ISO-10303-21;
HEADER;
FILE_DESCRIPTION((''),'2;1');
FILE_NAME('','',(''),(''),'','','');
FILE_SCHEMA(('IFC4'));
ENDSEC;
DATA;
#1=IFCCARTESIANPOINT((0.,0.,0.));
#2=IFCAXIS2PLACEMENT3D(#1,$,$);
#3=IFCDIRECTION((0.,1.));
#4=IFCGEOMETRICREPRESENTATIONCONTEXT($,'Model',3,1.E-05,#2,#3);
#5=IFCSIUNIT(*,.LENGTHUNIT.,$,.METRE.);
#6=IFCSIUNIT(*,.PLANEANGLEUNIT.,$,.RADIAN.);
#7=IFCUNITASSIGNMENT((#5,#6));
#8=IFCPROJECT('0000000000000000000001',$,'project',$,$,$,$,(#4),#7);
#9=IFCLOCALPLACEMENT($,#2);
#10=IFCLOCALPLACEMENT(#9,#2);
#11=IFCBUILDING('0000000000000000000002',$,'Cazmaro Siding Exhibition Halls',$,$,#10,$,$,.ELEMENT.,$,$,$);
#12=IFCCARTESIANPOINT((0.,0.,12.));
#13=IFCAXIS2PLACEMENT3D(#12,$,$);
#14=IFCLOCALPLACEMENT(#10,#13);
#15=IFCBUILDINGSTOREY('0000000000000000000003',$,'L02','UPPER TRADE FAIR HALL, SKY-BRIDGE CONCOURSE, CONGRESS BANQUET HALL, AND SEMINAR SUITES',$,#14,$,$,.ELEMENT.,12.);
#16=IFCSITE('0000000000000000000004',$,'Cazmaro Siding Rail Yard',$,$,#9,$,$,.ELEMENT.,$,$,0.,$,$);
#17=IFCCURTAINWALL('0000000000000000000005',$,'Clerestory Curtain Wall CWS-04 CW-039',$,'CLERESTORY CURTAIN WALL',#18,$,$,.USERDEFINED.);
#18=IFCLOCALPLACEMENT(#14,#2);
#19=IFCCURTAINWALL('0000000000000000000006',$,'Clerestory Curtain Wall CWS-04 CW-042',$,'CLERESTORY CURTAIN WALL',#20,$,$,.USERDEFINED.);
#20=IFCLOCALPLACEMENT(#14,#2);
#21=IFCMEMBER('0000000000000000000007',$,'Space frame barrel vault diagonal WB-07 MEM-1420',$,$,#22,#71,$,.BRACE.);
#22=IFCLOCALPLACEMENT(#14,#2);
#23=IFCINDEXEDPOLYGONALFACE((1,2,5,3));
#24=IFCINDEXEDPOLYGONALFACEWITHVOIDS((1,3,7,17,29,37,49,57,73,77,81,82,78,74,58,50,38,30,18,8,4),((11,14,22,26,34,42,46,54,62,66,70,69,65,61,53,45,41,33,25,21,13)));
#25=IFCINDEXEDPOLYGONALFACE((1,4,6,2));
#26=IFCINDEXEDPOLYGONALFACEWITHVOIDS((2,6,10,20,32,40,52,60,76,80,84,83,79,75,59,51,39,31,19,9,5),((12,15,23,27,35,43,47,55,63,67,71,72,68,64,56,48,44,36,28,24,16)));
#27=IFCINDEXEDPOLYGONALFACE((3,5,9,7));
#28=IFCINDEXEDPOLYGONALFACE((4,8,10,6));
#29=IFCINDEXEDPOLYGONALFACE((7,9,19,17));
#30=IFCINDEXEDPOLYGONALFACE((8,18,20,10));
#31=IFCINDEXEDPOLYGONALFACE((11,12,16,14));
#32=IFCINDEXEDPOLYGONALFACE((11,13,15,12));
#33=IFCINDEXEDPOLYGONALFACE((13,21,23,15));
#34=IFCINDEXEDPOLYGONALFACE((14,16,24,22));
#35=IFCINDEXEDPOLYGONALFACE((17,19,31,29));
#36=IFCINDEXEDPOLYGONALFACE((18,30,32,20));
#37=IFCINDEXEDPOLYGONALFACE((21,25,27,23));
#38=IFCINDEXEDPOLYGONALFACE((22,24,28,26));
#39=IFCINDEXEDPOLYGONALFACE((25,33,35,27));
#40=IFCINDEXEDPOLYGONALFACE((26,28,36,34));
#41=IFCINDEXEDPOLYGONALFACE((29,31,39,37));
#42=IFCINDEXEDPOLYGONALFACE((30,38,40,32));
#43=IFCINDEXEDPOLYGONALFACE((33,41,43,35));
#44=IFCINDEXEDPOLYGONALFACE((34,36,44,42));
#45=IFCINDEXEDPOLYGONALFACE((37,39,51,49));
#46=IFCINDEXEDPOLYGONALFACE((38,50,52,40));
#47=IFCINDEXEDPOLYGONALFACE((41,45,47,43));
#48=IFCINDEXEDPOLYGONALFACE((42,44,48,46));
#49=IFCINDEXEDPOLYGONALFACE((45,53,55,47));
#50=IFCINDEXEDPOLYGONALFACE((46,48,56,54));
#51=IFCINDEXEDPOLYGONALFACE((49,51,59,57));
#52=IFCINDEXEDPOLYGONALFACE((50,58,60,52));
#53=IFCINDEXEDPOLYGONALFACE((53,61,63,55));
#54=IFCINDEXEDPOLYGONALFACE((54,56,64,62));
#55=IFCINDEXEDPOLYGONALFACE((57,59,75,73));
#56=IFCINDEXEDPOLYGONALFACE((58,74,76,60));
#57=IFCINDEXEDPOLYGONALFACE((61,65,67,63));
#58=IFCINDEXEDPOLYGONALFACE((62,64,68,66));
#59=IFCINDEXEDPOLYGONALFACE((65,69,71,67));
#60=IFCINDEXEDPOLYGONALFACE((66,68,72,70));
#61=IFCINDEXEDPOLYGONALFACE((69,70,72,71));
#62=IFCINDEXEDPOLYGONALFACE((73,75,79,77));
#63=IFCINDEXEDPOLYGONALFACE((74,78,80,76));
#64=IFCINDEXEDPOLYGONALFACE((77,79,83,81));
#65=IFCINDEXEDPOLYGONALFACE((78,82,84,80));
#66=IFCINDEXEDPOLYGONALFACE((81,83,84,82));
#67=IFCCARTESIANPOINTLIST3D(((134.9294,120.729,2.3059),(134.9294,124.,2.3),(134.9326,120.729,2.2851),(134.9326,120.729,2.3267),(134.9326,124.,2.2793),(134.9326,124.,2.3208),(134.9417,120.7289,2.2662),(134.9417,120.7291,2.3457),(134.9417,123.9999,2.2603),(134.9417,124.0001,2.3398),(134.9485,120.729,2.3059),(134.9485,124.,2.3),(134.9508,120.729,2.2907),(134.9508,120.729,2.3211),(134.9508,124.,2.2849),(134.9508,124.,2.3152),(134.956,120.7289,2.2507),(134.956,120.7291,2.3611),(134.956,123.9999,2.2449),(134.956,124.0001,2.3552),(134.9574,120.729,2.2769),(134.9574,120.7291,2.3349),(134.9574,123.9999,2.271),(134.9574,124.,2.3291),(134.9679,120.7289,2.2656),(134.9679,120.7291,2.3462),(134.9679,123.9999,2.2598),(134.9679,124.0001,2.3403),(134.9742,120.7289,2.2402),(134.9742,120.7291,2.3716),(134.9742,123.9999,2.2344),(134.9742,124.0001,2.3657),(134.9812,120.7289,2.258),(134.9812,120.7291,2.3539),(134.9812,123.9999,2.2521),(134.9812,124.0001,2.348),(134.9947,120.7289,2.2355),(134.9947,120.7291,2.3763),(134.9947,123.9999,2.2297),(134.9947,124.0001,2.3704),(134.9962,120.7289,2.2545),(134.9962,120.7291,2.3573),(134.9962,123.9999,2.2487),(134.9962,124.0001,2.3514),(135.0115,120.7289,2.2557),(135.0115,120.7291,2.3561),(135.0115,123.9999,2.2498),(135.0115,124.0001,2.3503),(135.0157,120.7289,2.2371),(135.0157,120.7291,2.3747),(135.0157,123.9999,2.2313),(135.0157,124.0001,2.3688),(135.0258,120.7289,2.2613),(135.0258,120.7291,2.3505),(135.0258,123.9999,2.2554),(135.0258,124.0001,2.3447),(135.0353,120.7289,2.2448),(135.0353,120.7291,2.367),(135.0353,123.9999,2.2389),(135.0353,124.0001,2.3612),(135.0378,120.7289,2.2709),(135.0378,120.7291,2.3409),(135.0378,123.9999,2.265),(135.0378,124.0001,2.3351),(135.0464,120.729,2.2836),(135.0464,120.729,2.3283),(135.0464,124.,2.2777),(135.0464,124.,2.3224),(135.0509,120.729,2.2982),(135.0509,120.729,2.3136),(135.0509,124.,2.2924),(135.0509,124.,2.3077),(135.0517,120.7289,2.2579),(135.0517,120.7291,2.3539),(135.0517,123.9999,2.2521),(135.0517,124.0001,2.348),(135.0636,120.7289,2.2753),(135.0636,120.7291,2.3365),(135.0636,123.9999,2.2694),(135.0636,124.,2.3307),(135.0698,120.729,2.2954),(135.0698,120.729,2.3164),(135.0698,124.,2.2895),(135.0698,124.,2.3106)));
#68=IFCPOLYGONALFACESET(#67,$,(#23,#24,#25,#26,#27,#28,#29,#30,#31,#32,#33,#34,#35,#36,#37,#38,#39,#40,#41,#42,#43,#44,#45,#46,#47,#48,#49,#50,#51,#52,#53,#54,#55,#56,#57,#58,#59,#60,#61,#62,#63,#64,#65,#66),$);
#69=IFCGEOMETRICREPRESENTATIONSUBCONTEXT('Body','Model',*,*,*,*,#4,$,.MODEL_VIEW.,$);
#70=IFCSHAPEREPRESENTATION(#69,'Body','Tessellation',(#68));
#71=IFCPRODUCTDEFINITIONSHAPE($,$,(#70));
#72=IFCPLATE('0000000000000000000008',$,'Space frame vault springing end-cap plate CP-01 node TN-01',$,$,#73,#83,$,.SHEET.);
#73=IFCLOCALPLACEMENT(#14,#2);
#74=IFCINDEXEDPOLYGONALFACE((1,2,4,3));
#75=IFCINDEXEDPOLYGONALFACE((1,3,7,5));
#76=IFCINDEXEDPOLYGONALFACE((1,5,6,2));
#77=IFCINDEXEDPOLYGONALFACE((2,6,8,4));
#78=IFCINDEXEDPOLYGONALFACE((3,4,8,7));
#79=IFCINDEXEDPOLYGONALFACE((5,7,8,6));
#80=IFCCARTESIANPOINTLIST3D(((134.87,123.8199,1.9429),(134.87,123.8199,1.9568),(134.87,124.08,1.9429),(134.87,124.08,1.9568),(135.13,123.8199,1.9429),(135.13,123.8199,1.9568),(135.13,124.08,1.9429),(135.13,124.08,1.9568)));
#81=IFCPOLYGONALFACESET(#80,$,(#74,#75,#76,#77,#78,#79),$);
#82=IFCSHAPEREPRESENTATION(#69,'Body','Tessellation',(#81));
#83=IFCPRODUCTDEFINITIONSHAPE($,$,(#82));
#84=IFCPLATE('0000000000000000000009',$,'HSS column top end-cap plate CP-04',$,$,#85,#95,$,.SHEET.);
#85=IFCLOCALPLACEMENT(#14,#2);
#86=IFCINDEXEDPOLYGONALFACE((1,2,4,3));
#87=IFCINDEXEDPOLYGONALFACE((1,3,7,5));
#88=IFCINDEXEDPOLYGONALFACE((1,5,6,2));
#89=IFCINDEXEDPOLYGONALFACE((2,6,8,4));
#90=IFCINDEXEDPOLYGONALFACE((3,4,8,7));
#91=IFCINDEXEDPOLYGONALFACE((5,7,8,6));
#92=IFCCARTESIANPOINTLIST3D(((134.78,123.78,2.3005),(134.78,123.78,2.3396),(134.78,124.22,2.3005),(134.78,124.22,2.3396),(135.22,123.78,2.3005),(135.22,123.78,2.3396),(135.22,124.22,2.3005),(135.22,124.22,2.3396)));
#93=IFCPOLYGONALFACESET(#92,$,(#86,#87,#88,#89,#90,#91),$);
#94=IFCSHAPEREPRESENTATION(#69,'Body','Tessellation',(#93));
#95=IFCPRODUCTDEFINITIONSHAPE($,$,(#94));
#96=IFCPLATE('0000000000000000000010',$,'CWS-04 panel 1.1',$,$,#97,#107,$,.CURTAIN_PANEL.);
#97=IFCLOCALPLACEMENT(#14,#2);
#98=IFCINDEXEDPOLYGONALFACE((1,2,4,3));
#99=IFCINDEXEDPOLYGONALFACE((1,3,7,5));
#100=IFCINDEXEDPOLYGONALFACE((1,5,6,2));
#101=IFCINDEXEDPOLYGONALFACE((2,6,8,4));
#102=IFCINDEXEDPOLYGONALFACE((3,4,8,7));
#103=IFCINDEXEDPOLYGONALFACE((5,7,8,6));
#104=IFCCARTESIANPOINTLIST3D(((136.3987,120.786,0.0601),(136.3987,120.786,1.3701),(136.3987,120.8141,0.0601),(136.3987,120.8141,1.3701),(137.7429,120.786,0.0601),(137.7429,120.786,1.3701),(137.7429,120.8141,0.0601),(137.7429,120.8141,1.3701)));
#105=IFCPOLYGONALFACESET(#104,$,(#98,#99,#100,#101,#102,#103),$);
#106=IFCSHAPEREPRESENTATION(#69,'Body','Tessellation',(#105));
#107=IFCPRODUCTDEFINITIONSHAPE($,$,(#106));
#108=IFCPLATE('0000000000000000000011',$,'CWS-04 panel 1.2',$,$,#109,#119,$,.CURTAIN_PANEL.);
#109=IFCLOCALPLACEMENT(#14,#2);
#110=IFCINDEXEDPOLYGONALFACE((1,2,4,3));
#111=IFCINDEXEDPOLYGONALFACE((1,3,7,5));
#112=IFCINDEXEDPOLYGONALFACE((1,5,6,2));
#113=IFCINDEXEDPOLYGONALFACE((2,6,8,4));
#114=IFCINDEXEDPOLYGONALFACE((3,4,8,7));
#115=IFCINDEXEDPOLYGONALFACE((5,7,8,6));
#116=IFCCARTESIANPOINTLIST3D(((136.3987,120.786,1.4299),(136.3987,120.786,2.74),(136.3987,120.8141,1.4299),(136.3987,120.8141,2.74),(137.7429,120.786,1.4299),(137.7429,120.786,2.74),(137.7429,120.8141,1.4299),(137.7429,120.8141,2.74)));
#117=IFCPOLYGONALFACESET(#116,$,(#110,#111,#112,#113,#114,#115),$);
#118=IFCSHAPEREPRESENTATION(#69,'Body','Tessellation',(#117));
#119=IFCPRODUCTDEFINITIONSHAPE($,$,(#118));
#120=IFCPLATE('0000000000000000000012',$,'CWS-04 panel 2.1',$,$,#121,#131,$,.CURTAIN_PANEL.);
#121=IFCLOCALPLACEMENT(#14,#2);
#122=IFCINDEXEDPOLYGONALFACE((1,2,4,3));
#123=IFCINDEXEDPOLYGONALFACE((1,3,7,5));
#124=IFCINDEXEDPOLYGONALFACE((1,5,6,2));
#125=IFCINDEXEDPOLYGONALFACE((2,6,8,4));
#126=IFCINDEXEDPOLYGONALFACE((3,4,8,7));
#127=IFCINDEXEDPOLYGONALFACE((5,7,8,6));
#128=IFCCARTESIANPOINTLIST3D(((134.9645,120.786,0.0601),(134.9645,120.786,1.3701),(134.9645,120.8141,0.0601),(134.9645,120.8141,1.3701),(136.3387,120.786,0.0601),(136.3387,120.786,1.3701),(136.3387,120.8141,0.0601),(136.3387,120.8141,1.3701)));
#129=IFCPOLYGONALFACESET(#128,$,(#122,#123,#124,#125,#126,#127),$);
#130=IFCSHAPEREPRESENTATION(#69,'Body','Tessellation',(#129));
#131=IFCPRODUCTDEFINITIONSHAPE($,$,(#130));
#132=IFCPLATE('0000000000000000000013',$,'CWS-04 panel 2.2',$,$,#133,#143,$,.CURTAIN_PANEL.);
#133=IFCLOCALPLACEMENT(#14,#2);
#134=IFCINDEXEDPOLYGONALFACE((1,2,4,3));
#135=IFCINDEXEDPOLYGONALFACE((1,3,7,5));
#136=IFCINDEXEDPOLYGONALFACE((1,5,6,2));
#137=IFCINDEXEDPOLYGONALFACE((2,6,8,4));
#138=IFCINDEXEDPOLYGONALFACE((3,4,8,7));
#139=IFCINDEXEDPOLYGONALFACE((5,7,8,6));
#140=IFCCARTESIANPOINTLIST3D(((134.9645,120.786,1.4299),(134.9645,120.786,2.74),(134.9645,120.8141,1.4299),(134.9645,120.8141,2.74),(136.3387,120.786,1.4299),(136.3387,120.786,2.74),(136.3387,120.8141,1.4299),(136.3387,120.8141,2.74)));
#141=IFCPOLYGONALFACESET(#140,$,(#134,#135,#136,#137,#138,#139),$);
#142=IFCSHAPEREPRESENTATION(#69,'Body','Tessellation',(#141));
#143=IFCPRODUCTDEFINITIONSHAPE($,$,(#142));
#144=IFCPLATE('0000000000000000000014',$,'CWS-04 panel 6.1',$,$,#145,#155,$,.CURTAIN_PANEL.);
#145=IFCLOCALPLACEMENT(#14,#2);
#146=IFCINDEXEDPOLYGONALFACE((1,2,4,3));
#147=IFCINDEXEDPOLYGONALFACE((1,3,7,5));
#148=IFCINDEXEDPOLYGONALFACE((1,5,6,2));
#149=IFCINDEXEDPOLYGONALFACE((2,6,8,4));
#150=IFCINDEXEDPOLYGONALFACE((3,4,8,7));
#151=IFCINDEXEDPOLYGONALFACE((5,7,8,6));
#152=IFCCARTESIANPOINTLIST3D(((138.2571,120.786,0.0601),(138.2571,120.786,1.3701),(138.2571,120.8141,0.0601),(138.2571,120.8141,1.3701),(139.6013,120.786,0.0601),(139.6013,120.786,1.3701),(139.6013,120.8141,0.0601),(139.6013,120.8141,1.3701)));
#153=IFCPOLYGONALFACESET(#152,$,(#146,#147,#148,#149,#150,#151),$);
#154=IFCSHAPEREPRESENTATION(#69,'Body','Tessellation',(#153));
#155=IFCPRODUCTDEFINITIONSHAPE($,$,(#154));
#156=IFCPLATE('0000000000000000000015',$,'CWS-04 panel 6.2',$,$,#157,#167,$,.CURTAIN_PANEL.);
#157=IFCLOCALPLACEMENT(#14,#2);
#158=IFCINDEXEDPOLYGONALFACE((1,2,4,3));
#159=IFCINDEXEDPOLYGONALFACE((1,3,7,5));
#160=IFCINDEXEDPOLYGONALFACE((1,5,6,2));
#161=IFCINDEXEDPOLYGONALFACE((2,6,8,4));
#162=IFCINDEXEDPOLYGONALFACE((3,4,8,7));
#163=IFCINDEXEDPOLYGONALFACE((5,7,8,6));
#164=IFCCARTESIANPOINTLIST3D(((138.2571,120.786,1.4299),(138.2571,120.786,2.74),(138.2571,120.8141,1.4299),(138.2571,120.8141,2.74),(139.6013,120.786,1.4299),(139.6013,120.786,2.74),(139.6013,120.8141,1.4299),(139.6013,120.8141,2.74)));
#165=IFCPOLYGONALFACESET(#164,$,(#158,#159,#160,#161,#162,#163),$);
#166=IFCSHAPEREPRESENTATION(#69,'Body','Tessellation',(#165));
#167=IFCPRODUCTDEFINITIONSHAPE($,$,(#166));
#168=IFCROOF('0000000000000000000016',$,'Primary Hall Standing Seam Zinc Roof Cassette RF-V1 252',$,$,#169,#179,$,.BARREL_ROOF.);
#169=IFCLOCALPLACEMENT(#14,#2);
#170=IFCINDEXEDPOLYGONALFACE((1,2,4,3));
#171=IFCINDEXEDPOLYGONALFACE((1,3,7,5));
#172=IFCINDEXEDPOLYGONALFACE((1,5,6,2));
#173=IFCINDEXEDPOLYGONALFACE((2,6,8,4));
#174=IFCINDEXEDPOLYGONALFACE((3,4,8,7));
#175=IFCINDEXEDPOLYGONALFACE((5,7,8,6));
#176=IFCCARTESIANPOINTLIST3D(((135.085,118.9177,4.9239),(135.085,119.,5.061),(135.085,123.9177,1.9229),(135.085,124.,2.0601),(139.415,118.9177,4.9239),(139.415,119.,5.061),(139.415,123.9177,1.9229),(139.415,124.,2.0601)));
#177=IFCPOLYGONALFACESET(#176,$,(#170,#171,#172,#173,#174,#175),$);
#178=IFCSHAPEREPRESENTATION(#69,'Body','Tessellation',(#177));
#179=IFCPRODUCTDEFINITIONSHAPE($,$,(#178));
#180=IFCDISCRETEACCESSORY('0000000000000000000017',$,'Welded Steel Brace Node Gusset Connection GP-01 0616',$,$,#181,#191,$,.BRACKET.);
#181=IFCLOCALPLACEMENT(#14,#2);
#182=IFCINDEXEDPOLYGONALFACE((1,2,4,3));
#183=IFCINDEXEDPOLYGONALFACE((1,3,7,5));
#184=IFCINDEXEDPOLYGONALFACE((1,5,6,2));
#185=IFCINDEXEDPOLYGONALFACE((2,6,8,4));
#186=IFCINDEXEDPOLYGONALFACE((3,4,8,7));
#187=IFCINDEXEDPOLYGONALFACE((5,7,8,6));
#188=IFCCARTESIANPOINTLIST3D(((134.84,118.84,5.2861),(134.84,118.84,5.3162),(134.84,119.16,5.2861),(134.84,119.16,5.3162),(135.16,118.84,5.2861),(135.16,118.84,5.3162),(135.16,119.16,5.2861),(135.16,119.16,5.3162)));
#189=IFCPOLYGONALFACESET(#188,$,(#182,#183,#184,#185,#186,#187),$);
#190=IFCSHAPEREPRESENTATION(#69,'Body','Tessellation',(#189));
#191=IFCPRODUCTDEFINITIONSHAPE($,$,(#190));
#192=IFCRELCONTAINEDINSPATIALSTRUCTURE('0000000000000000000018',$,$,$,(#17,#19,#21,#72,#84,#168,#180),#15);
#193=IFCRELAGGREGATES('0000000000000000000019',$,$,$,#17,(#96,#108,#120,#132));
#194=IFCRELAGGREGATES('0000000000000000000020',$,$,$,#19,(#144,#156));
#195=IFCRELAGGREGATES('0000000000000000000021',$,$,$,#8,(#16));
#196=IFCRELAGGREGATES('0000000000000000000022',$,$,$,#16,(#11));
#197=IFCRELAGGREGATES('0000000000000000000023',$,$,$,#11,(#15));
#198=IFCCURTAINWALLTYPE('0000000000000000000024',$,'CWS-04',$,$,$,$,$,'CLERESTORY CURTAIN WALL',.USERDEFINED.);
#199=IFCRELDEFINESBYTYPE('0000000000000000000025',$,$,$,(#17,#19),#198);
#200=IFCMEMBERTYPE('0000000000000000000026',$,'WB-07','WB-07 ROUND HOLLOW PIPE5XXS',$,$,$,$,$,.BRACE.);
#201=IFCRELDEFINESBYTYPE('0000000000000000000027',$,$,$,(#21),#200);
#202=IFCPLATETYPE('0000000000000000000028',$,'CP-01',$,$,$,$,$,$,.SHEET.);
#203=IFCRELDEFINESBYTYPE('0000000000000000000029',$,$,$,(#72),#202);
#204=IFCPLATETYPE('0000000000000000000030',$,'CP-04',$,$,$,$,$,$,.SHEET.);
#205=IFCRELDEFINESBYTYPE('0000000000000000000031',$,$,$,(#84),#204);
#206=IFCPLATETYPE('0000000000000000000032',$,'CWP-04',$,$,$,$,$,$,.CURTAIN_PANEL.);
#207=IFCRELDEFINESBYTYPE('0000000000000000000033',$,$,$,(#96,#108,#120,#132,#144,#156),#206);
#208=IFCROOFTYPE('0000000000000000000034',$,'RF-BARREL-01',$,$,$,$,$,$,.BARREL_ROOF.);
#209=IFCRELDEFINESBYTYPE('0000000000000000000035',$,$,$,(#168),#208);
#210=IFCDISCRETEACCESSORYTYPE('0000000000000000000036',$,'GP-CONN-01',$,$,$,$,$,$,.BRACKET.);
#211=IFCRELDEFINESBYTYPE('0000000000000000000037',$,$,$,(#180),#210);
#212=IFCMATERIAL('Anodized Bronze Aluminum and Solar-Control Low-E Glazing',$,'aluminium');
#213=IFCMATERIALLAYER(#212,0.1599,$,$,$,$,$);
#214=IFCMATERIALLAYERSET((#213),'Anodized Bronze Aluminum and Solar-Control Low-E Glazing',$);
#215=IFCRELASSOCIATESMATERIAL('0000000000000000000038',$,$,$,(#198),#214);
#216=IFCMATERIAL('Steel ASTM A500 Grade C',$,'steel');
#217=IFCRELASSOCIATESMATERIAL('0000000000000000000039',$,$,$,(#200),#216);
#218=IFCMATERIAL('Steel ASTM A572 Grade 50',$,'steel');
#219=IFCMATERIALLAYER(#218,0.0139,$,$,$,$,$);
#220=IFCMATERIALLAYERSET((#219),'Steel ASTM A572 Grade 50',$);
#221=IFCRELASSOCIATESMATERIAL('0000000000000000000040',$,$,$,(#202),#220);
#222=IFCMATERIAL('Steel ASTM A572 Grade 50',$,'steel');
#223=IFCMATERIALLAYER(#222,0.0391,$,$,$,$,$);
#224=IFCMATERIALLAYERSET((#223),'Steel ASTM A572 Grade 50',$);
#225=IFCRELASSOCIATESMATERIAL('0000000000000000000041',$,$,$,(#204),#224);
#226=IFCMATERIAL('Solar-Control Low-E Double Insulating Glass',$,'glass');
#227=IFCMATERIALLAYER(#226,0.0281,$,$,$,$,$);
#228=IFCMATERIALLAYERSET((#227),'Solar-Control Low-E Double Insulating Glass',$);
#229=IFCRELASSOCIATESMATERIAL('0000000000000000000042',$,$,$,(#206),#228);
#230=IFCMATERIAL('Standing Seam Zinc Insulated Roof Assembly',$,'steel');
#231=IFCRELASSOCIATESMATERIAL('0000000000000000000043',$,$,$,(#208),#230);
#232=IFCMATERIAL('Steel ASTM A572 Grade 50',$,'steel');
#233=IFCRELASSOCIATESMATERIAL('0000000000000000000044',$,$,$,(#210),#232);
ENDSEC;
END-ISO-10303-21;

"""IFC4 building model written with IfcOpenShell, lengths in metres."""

from ifc_helpers import new_model, si_unit, direction, frame, origin, origin_2d, place, context, subcontext, project, spatial, polyline, rectangle, hollow_circle, outline, extrude, material, layer, layer_set, material_profile, profile_set, type_object, element, aggregate, save


model = new_model("IFC4")

# Units and contexts
model_context = context("Model", 3, precision=1e-05, world=origin(), true_north=direction((0.0, 1.0)))
body_context = subcontext(model_context, "Body", "Model", "MODEL_VIEW")
ifc_project = project(units=[si_unit("LENGTHUNIT", "METRE"), si_unit("PLANEANGLEUNIT", "RADIAN")], contexts=[model_context])

# Site, building, storey
site_placement = place(None, origin())
site = spatial("IfcSite", under=ifc_project, at=site_placement, Name="Cazmaro Siding Rail Yard", CompositionType="ELEMENT", RefElevation=0.0)
building_placement = place(site_placement, origin())
building = spatial("IfcBuilding", under=site, at=building_placement, Name="Cazmaro Siding Exhibition Halls", CompositionType="ELEMENT")
storey_placement = place(building_placement, frame((0.0, 0.0, 12.0)))
storey = spatial("IfcBuildingStorey", under=building, at=storey_placement, Name="L02", Description="UPPER TRADE FAIR HALL, SKY-BRIDGE CONCOURSE, CONGRESS BANQUET HALL, AND SEMINAR SUITES", CompositionType="ELEMENT", Elevation=12.0)

# Curtain wall
ifc_material_1 = material(Name="Anodized Bronze Aluminum and Solar-Control Low-E Glazing", Category="aluminium")
ifc_layer_1 = layer(ifc_material_1, 0.1599)
ifc_layer_set_1 = layer_set([ifc_layer_1], Name="Anodized Bronze Aluminum and Solar-Control Low-E Glazing")
curtain_wall_type = type_object("IfcCurtainWallType", Name="CWS-04", ElementType="CLERESTORY CURTAIN WALL", PredefinedType="USERDEFINED", material=ifc_layer_set_1)
curtain_wall_1_placement = place(storey_placement, origin())
curtain_wall_1 = element("IfcCurtainWall", 1, at=curtain_wall_1_placement, inside=storey, type_object=curtain_wall_type, Name="Clerestory Curtain Wall CWS-04 CW-039", ObjectType="CLERESTORY CURTAIN WALL", PredefinedType="USERDEFINED")

# Curtain wall
curtain_wall_2_placement = place(storey_placement, origin())
curtain_wall_2 = element("IfcCurtainWall", 2, at=curtain_wall_2_placement, inside=storey, type_object=curtain_wall_type, Name="Clerestory Curtain Wall CWS-04 CW-042", ObjectType="CLERESTORY CURTAIN WALL", PredefinedType="USERDEFINED")

# Member
ifc_material_2 = material(Name="Steel ASTM A500 Grade C", Category="steel")
ifc_material_profile_1 = material_profile(ifc_material_2, hollow_circle(Radius=0.0706, WallThickness=0.019, at=origin_2d()), Name="PIPE5XXS")
ifc_profile_set_1 = profile_set([ifc_material_profile_1], Name="Steel ASTM A500 Grade C")
member_type_1 = type_object("IfcMemberType", Name="WB-07", Description="WB-07 ROUND HOLLOW PIPE5XXS", PredefinedType="BRACE", material=ifc_profile_set_1)
member_1_placement = place(storey_placement, frame((135.0, 120.729, 2.3059), z_axis=(0.0, 0.999998, -0.001791), x_axis=(-1.0, 0.0, 0.0)))
element("IfcMember", 3, at=member_1_placement, inside=storey, type_object=member_type_1, Name="Space frame barrel vault diagonal WB-07 MEM-1420", PredefinedType="BRACE", context=body_context, shape_type="SweptSolid", body=[
    extrude(hollow_circle(Radius=0.0706, WallThickness=0.019, at=origin_2d()), origin(), (0.0, 0.0, 1.0), 3.271),
])

# Plates
ifc_material_3 = material(Name="Steel ASTM A572 Grade 50", Category="steel")
ifc_layer_2 = layer(ifc_material_3, 0.0139)
ifc_layer_set_2 = layer_set([ifc_layer_2], Name="Steel ASTM A572 Grade 50")
plate_type_1 = type_object("IfcPlateType", Name="CP-01", PredefinedType="SHEET", material=ifc_layer_set_2)
plate_1_placement = place(storey_placement, frame((135.0, 123.95, 1.9429), z_axis=(0.0, 0.0, 1.0), x_axis=(1.0, 0.0, 0.0)))
element("IfcPlate", 4, at=plate_1_placement, inside=storey, type_object=plate_type_1, Name="Space frame vault springing end-cap plate CP-01 node TN-01", PredefinedType="SHEET", context=body_context, shape_type="SweptSolid", body=[
    extrude(rectangle(XDim=0.26, YDim=0.26, at=origin_2d()), origin(), (0.0, 0.0, 1.0), 0.0139),
])
ifc_material_4 = material(Name="Steel ASTM A572 Grade 50", Category="steel")
ifc_layer_3 = layer(ifc_material_4, 0.0391)
ifc_layer_set_3 = layer_set([ifc_layer_3], Name="Steel ASTM A572 Grade 50")
plate_type_2 = type_object("IfcPlateType", Name="CP-04", PredefinedType="SHEET", material=ifc_layer_set_3)
plate_2_placement = place(storey_placement, frame((135.0, 124.0, 2.3005), z_axis=(0.0, 0.0, 1.0), x_axis=(1.0, 0.0, 0.0)))
element("IfcPlate", 5, at=plate_2_placement, inside=storey, type_object=plate_type_2, Name="HSS column top end-cap plate CP-04", PredefinedType="SHEET", context=body_context, shape_type="SweptSolid", body=[
    extrude(rectangle(XDim=0.4399, YDim=0.4399, at=origin_2d()), origin(), (0.0, 0.0, 1.0), 0.0391),
])

# Plates
ifc_material_5 = material(Name="Solar-Control Low-E Double Insulating Glass", Category="glass")
ifc_layer_4 = layer(ifc_material_5, 0.0281)
ifc_layer_set_4 = layer_set([ifc_layer_4], Name="Solar-Control Low-E Double Insulating Glass")
plate_type_3 = type_object("IfcPlateType", Name="CWP-04", PredefinedType="CURTAIN_PANEL", material=ifc_layer_set_4)
plate_3_placement = place(storey_placement, frame((137.0708, 120.8, 0.0601), z_axis=(0.0, 0.0, 1.0), x_axis=(-1.0, 0.0, 0.0)))
plate_3 = element("IfcPlate", 6, at=plate_3_placement, type_object=plate_type_3, Name="CWS-04 panel 1.1", PredefinedType="CURTAIN_PANEL", context=body_context, shape_type="SweptSolid", body=[
    extrude(rectangle(XDim=1.3442, YDim=0.0281, at=origin_2d()), origin(), (0.0, 0.0, 1.0), 1.3101),
])
plate_4_placement = place(storey_placement, frame((137.0708, 120.8, 1.4299), z_axis=(0.0, 0.0, 1.0), x_axis=(-1.0, 0.0, 0.0)))
plate_4 = element("IfcPlate", 7, at=plate_4_placement, type_object=plate_type_3, Name="CWS-04 panel 1.2", PredefinedType="CURTAIN_PANEL", context=body_context, shape_type="SweptSolid", body=[
    extrude(rectangle(XDim=1.3442, YDim=0.0281, at=origin_2d()), origin(), (0.0, 0.0, 1.0), 1.3101),
])
plate_5_placement = place(storey_placement, frame((135.6516, 120.8, 0.0601), z_axis=(0.0, 0.0, 1.0), x_axis=(-1.0, 0.0, 0.0)))
plate_5 = element("IfcPlate", 8, at=plate_5_placement, type_object=plate_type_3, Name="CWS-04 panel 2.1", PredefinedType="CURTAIN_PANEL", context=body_context, shape_type="SweptSolid", body=[
    extrude(rectangle(XDim=1.3743, YDim=0.0281, at=origin_2d()), origin(), (0.0, 0.0, 1.0), 1.3101),
])
plate_6_placement = place(storey_placement, frame((135.6516, 120.8, 1.4299), z_axis=(0.0, 0.0, 1.0), x_axis=(-1.0, 0.0, 0.0)))
plate_6 = element("IfcPlate", 9, at=plate_6_placement, type_object=plate_type_3, Name="CWS-04 panel 2.2", PredefinedType="CURTAIN_PANEL", context=body_context, shape_type="SweptSolid", body=[
    extrude(rectangle(XDim=1.3743, YDim=0.0281, at=origin_2d()), origin(), (0.0, 0.0, 1.0), 1.3101),
])
aggregate(curtain_wall_1, [plate_3, plate_4, plate_5, plate_6])
plate_7_placement = place(storey_placement, frame((138.9292, 120.8, 0.0601), z_axis=(0.0, 0.0, 1.0), x_axis=(-1.0, 0.0, 0.0)))
plate_7 = element("IfcPlate", 10, at=plate_7_placement, type_object=plate_type_3, Name="CWS-04 panel 6.1", PredefinedType="CURTAIN_PANEL", context=body_context, shape_type="SweptSolid", body=[
    extrude(rectangle(XDim=1.3442, YDim=0.0281, at=origin_2d()), origin(), (0.0, 0.0, 1.0), 1.3101),
])
plate_8_placement = place(storey_placement, frame((138.9292, 120.8, 1.4299), z_axis=(0.0, 0.0, 1.0), x_axis=(-1.0, 0.0, 0.0)))
plate_8 = element("IfcPlate", 11, at=plate_8_placement, type_object=plate_type_3, Name="CWS-04 panel 6.2", PredefinedType="CURTAIN_PANEL", context=body_context, shape_type="SweptSolid", body=[
    extrude(rectangle(XDim=1.3442, YDim=0.0281, at=origin_2d()), origin(), (0.0, 0.0, 1.0), 1.3101),
])
aggregate(curtain_wall_2, [plate_7, plate_8])

# Roof
ifc_material_6 = material(Name="Standing Seam Zinc Insulated Roof Assembly", Category="steel")
roof_type = type_object("IfcRoofType", Name="RF-BARREL-01", PredefinedType="BARREL_ROOF", material=ifc_material_6)
roof_placement = place(storey_placement, frame((135.085, 119.0, 5.061), z_axis=(0.0, 0.514619, 0.857419), x_axis=(1.0, 0.0, 0.0)))
element("IfcRoof", 12, at=roof_placement, inside=storey, type_object=roof_type, Name="Primary Hall Standing Seam Zinc Roof Cassette RF-V1 252", PredefinedType="BARREL_ROOF", context=body_context, shape_type="SweptSolid", body=[
    extrude(outline(polyline([(0.0, 0.0), (4.3301, 0.0), (4.3301, 5.8315), (0.0, 5.8315), (0.0, 0.0)])), origin(), (0.0, 0.0, -1.0), 0.1599),
])

# Discrete accessory
ifc_material_7 = material(Name="Steel ASTM A572 Grade 50", Category="steel")
discrete_accessory_type = type_object("IfcDiscreteAccessoryType", Name="GP-CONN-01", PredefinedType="BRACKET", material=ifc_material_7)
for number, where, z_axis, x_axis, name in (
    (13, (135.0, 119.0, 5.2861), (0.0, 0.0, 1.0), (1.0, 0.0, 0.0), "Welded Steel Brace Node Gusset Connection GP-01 0616"),
):
    element("IfcDiscreteAccessory", number, at=place(storey_placement, frame(where, z_axis=z_axis, x_axis=x_axis)), inside=storey, type_object=discrete_accessory_type, Name=name, PredefinedType="BRACKET", context=body_context, shape_type="SweptSolid", body=[
        extrude(rectangle(XDim=0.3201, YDim=0.3201, at=origin_2d()), origin(), (0.0, 0.0, 1.0), 0.03),
    ])

save(model, "model.ifc")
